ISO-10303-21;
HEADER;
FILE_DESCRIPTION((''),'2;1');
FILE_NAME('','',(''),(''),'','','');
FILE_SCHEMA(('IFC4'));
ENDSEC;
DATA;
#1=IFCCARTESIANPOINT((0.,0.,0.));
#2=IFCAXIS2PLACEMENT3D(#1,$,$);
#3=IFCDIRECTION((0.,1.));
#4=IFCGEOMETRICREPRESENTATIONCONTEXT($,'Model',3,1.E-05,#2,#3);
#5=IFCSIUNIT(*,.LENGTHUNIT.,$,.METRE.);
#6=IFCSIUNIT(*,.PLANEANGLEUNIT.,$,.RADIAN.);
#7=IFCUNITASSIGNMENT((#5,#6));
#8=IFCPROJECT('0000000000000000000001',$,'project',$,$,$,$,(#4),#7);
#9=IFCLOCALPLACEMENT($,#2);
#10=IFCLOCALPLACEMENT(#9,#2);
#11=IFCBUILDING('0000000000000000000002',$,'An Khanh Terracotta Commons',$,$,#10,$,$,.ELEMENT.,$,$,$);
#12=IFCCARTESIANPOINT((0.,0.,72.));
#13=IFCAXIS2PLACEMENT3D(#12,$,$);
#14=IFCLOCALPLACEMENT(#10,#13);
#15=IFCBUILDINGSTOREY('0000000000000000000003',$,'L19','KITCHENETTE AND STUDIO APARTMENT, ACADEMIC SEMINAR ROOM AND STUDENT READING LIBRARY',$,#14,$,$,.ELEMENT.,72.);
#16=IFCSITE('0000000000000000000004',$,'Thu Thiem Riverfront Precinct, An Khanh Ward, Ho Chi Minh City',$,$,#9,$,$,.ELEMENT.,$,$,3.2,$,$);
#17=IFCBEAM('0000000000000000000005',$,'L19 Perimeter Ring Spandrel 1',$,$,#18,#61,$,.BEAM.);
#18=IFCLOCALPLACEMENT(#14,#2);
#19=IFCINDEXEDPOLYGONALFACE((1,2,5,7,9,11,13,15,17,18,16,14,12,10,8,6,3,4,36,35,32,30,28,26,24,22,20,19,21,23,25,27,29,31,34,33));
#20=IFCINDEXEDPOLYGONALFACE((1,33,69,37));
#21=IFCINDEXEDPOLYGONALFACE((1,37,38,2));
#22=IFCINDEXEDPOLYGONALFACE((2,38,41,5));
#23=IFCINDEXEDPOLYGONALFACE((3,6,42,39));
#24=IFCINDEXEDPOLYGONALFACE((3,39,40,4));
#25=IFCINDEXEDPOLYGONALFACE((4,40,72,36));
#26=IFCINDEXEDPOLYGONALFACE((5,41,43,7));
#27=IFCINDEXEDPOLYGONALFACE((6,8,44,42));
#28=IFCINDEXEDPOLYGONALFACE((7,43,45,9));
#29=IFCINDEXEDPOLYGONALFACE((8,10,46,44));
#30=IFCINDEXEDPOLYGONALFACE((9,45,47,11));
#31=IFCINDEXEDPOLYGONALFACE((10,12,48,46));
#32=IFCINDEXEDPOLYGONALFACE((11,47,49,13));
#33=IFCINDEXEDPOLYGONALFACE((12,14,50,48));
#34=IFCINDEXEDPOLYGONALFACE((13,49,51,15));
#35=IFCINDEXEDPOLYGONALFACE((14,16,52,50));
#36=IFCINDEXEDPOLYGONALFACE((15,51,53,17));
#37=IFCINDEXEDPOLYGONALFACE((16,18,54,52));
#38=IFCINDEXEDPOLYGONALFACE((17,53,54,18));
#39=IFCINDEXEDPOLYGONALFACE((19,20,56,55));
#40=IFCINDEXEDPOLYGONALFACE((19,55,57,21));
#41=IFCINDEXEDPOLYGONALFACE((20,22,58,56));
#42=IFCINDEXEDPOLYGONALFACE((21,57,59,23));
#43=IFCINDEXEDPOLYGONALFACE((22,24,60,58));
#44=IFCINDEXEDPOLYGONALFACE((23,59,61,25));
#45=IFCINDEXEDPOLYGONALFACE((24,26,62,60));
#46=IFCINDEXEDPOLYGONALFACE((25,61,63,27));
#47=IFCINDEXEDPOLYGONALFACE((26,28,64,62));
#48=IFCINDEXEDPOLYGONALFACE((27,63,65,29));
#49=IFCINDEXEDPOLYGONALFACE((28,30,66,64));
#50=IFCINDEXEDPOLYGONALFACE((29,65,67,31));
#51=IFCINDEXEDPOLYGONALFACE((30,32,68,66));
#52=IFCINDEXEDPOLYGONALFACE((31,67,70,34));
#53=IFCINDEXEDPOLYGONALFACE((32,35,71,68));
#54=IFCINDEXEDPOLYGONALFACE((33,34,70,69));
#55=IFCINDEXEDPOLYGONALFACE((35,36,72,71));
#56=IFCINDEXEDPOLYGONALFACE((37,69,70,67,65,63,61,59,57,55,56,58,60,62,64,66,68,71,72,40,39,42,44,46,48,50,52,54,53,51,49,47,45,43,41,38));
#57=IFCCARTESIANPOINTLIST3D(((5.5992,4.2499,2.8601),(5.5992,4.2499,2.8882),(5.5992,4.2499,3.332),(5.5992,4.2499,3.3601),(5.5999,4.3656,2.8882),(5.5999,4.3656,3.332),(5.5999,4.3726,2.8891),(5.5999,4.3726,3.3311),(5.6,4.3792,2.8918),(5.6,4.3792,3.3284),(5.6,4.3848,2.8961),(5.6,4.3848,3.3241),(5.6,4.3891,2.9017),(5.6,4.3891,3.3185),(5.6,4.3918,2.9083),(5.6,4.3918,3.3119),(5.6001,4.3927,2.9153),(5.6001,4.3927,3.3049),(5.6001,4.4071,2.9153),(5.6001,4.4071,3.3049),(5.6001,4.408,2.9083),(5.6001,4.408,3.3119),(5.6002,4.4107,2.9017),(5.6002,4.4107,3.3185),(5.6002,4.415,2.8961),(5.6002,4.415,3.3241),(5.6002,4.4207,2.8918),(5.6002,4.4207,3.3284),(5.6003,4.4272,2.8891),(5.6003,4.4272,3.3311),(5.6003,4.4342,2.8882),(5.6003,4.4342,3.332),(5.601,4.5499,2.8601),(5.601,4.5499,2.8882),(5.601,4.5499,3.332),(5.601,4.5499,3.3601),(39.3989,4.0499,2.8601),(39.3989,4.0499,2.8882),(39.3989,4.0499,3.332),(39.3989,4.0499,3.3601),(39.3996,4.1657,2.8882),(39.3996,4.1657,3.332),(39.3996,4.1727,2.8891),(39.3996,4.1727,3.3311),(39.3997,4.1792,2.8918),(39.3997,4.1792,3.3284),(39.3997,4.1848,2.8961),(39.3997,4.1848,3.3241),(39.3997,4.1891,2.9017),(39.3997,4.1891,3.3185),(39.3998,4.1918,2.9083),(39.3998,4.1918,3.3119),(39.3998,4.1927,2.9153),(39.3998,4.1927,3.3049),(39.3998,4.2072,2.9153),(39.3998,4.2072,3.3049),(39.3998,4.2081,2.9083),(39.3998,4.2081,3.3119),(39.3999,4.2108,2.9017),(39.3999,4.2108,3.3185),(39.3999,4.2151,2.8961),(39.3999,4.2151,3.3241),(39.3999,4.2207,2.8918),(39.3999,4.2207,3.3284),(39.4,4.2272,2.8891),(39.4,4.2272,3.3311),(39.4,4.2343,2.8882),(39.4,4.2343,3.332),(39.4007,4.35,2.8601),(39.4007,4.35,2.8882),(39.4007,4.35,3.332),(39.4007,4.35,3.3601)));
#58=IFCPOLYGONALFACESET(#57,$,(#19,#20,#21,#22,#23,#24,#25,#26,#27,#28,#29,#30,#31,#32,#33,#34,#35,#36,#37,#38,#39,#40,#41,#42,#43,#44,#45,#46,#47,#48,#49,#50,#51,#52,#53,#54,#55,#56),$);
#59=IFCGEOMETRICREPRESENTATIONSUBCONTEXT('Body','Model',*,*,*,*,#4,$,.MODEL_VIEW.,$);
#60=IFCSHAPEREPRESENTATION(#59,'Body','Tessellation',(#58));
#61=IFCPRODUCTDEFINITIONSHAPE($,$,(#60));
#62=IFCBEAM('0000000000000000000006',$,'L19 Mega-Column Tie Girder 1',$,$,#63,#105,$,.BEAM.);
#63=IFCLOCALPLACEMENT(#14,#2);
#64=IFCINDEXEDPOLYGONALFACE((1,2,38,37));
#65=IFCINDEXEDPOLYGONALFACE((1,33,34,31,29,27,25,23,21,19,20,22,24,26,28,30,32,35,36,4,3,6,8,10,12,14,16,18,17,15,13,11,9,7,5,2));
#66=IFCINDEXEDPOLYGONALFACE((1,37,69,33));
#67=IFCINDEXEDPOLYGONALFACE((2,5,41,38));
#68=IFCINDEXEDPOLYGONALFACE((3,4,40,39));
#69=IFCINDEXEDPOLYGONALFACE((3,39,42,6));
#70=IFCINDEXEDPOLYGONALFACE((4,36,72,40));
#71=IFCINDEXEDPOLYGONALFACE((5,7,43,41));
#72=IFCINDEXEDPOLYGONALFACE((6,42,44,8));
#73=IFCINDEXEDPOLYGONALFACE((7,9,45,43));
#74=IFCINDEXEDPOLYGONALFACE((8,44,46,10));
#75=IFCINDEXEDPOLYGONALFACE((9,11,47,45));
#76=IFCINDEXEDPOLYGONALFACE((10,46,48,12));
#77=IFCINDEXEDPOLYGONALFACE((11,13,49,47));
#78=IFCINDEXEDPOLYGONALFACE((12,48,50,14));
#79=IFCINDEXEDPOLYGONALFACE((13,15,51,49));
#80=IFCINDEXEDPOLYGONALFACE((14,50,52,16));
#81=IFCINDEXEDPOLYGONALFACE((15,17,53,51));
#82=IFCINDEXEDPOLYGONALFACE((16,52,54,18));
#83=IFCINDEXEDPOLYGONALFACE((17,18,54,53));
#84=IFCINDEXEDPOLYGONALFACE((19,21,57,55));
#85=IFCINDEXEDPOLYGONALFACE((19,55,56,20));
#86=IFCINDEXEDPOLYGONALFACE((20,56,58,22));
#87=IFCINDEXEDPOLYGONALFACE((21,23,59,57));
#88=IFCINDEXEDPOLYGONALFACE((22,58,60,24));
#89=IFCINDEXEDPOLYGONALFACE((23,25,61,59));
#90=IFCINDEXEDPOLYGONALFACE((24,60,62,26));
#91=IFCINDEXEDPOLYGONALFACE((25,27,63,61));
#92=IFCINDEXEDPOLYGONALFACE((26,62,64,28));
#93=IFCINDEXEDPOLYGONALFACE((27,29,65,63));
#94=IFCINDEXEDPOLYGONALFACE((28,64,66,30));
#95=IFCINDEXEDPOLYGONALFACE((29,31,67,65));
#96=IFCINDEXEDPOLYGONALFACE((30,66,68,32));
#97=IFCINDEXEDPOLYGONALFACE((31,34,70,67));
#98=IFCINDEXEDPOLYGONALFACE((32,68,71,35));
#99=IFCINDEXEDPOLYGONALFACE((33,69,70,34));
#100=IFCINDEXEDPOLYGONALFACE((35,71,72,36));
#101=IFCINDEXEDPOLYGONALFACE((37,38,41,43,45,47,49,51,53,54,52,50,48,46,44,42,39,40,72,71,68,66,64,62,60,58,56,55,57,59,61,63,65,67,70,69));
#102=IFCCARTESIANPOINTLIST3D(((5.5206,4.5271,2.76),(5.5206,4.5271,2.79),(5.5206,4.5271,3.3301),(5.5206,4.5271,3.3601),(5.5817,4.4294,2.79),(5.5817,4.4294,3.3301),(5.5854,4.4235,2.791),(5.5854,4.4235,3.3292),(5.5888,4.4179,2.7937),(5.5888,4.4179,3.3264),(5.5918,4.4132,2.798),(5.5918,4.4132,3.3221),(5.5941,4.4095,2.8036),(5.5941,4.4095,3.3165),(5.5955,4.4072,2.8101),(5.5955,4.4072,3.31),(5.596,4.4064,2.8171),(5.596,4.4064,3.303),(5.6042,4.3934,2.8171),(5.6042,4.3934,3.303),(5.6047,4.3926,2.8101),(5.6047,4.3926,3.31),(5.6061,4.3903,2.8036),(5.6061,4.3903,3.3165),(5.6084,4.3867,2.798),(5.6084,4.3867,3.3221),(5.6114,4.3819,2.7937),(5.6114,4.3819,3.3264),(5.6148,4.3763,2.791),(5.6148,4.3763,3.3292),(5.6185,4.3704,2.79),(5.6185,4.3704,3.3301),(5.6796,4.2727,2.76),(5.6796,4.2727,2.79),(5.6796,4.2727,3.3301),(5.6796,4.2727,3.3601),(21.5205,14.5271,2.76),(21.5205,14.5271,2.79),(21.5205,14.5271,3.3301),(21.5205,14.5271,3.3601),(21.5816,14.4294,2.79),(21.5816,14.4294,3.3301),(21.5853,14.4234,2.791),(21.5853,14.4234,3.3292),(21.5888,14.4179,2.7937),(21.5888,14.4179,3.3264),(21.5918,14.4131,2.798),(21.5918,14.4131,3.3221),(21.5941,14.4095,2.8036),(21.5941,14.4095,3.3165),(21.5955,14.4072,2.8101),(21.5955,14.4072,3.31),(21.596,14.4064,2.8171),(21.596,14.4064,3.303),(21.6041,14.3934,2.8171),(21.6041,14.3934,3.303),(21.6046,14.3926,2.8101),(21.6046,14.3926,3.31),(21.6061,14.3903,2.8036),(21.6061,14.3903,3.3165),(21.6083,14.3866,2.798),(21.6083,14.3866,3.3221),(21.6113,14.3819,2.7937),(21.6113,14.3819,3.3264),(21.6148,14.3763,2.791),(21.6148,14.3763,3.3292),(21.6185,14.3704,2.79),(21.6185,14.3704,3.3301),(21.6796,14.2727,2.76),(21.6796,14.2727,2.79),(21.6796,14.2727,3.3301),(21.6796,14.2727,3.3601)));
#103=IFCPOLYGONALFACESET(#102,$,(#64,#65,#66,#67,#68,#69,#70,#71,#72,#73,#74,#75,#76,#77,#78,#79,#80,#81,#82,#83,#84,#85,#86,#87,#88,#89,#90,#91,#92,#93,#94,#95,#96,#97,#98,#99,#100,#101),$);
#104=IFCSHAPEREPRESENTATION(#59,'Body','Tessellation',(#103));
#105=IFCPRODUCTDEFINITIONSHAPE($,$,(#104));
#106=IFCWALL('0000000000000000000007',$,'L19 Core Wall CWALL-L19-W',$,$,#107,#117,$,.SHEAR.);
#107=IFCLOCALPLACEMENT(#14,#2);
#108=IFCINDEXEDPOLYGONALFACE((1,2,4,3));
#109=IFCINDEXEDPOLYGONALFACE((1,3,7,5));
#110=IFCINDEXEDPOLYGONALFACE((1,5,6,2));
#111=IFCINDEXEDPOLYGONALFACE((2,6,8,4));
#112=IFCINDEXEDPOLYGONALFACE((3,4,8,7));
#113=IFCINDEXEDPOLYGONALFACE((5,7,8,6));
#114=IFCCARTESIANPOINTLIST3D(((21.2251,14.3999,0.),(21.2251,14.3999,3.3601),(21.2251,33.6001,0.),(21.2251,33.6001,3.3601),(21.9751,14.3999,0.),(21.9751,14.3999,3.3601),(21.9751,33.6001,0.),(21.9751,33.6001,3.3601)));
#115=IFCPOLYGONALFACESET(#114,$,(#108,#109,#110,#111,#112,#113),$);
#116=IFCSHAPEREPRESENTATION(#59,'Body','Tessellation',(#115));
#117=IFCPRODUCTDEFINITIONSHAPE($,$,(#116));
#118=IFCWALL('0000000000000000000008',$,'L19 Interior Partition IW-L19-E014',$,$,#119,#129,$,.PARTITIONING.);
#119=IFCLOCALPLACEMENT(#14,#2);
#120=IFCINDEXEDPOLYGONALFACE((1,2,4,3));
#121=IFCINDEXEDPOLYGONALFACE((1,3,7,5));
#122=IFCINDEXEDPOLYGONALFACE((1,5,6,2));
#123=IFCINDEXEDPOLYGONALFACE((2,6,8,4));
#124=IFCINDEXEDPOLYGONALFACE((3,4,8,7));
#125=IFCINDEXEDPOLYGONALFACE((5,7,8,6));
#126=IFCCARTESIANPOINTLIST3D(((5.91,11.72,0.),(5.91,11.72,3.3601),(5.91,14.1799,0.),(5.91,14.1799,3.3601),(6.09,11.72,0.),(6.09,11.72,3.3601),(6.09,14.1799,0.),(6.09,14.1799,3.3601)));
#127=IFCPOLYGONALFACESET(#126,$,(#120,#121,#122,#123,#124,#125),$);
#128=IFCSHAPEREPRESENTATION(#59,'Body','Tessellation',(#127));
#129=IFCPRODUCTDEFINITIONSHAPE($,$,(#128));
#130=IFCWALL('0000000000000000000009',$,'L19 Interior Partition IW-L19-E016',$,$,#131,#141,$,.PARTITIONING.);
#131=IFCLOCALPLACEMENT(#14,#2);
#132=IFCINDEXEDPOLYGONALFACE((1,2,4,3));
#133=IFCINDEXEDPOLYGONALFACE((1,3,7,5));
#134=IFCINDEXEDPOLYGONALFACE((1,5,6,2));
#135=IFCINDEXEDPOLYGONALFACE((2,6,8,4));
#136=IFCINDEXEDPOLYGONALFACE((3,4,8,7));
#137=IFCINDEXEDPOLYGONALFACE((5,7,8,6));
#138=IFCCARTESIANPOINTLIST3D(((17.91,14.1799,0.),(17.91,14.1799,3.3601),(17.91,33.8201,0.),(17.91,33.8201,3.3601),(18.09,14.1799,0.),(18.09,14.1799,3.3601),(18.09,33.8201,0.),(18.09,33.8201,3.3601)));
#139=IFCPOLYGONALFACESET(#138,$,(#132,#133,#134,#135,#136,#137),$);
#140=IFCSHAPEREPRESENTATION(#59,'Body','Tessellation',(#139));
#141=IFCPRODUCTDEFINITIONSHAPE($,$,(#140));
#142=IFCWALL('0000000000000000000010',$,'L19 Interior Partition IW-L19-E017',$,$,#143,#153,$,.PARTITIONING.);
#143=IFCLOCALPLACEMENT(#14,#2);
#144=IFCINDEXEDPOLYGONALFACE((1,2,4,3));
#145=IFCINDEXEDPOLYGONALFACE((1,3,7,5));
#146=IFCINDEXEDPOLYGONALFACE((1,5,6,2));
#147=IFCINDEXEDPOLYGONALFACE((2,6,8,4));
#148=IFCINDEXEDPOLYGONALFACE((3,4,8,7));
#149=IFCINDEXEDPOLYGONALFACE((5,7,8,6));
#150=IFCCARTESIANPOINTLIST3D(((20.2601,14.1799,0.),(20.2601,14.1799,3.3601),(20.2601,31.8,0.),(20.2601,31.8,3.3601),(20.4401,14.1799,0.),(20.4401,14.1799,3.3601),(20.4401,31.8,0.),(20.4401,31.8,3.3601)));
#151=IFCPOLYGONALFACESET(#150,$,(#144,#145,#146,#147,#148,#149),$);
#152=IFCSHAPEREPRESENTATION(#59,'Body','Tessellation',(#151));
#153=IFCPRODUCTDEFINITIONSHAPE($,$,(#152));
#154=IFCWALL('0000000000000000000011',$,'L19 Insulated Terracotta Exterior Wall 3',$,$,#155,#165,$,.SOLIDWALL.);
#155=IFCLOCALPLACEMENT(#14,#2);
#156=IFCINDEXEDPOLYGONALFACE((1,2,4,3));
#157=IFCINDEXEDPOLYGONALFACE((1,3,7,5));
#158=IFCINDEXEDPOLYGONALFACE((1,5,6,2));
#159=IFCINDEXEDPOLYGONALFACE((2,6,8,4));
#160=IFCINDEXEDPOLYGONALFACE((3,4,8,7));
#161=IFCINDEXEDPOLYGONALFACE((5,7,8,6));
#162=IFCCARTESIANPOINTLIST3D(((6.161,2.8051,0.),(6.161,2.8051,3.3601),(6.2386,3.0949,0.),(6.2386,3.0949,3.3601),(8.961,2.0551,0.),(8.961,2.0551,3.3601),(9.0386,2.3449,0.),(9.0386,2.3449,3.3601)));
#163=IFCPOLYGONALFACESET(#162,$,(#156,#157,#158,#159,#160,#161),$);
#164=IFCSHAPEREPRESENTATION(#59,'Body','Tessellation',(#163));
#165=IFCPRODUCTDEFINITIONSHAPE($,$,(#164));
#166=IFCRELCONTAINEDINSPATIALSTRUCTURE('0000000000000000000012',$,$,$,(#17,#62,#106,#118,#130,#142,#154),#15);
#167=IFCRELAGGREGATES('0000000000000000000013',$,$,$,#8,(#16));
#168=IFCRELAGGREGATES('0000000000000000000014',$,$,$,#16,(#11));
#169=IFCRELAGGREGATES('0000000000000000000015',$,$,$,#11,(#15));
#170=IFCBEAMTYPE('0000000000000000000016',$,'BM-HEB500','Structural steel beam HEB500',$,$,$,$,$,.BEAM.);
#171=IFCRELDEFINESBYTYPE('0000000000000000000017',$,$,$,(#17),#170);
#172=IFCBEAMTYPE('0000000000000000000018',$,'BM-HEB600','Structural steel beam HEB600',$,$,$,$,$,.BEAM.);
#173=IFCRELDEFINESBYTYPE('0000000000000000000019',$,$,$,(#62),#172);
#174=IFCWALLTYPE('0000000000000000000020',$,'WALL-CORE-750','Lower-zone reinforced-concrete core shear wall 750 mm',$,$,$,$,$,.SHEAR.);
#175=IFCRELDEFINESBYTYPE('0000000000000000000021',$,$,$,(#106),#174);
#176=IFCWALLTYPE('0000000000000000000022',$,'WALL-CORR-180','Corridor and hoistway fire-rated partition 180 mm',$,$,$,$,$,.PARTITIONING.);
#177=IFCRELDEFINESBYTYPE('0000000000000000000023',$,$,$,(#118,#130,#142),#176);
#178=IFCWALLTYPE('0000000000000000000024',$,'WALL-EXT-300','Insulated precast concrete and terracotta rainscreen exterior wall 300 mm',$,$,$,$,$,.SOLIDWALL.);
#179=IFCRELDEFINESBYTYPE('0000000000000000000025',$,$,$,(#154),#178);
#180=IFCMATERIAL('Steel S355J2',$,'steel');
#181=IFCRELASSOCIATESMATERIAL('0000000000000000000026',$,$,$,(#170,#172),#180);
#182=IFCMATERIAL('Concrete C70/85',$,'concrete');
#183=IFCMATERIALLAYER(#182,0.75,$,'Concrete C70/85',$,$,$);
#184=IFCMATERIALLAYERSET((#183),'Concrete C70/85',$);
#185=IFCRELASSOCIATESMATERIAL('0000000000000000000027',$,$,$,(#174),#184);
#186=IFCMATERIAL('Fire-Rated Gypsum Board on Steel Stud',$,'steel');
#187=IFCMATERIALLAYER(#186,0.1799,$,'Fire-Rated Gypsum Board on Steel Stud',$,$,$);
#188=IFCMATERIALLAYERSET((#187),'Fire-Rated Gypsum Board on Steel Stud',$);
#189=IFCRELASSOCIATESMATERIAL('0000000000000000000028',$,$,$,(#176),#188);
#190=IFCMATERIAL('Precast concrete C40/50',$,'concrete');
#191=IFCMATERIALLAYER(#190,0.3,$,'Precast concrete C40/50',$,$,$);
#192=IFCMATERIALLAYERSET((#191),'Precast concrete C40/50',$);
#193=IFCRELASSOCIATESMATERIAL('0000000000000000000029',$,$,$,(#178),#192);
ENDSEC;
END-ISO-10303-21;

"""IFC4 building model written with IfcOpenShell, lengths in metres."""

from ifc_helpers import new_model, si_unit, direction, frame, frame_2d, origin, origin_2d, place, context, subcontext, project, spatial, rectangle, i_section, extrude, material, layer, layer_set, material_profile, profile_set, type_object, element, save


model = new_model("IFC4")

# Units and contexts
model_context = context("Model", 3, precision=1e-05, world=origin(), true_north=direction((0.0, 1.0)))
body_context = subcontext(model_context, "Body", "Model", "MODEL_VIEW")
ifc_project = project(units=[si_unit("LENGTHUNIT", "METRE"), si_unit("PLANEANGLEUNIT", "RADIAN")], contexts=[model_context])

# Site, building, storey
site_placement = place(None, origin())
site = spatial("IfcSite", under=ifc_project, at=site_placement, Name="Thu Thiem Riverfront Precinct, An Khanh Ward, Ho Chi Minh City", CompositionType="ELEMENT", RefElevation=3.2)
building_placement = place(site_placement, origin())
building = spatial("IfcBuilding", under=site, at=building_placement, Name="An Khanh Terracotta Commons", CompositionType="ELEMENT")
storey_placement = place(building_placement, frame((0.0, 0.0, 72.0)))
storey = spatial("IfcBuildingStorey", under=building, at=storey_placement, Name="L19", Description="KITCHENETTE AND STUDIO APARTMENT, ACADEMIC SEMINAR ROOM AND STUDENT READING LIBRARY", CompositionType="ELEMENT", Elevation=72.0)

# Shared definitions
ifc_material_1 = material(Name="Concrete C70/85", Category="concrete")

# Beams
ifc_material_2 = material(Name="Steel S355J2", Category="steel")
ifc_material_profile_1 = material_profile(ifc_material_2, i_section(OverallWidth=0.3, OverallDepth=0.5, WebThickness=0.0144, FlangeThickness=0.0281, FilletRadius=0.0271, at=origin_2d()), Name="HEB500")
ifc_profile_set_1 = profile_set([ifc_material_profile_1], Name="Steel S355J2")
beam_type_1 = type_object("IfcBeamType", Name="BM-HEB500", Description="Structural steel beam HEB500", PredefinedType="BEAM", material=ifc_profile_set_1)
beam_1_placement = place(storey_placement, frame((5.6001, 4.3999, 3.1101), z_axis=(0.999983, -0.005916, 0.0), x_axis=(0.005916, 0.999983, 0.0)))
element("IfcBeam", 1, at=beam_1_placement, inside=storey, type_object=beam_type_1, Name="L19 Perimeter Ring Spandrel 1", PredefinedType="BEAM", context=body_context, shape_type="SweptSolid", body=[
    extrude(i_section(OverallWidth=0.3, OverallDepth=0.5, WebThickness=0.0144, FlangeThickness=0.0281, FilletRadius=0.0271, at=origin_2d()), origin(), (0.0, 0.0, 1.0), 33.8003),
])
ifc_material_profile_2 = material_profile(ifc_material_2, i_section(OverallWidth=0.3, OverallDepth=0.6001, WebThickness=0.0154, FlangeThickness=0.03, FilletRadius=0.0271, at=origin_2d()), Name="HEB600")
ifc_profile_set_2 = profile_set([ifc_material_profile_2], Name="Steel S355J2")
beam_type_2 = type_object("IfcBeamType", Name="BM-HEB600", Description="Structural steel beam HEB600", PredefinedType="BEAM", material=ifc_profile_set_2)
beam_2_placement = place(storey_placement, frame((5.6001, 4.3999, 3.0601), z_axis=(0.847998, 0.529999, 0.0), x_axis=(-0.529999, 0.847998, 0.0)))
element("IfcBeam", 2, at=beam_2_placement, inside=storey, type_object=beam_type_2, Name="L19 Mega-Column Tie Girder 1", PredefinedType="BEAM", context=body_context, shape_type="SweptSolid", body=[
    extrude(i_section(OverallWidth=0.3, OverallDepth=0.6001, WebThickness=0.0154, FlangeThickness=0.03, FilletRadius=0.0271, at=origin_2d()), origin(), (0.0, 0.0, 1.0), 18.8679),
])

# Walls
ifc_layer_1 = layer(ifc_material_1, 0.75, Name="Concrete C70/85")
ifc_layer_set_1 = layer_set([ifc_layer_1], Name="Concrete C70/85")
wall_type_1 = type_object("IfcWallType", Name="WALL-CORE-750", Description="Lower-zone reinforced-concrete core shear wall 750 mm", PredefinedType="SHEAR", material=ifc_layer_set_1)
wall_1_placement = place(storey_placement, frame((21.6001, 14.3999, 0.0), z_axis=(0.0, 0.0, 1.0), x_axis=(0.0, 1.0, 0.0)))
element("IfcWall", 3, at=wall_1_placement, inside=storey, type_object=wall_type_1, Name="L19 Core Wall CWALL-L19-W", PredefinedType="SHEAR", context=body_context, shape_type="SweptSolid", body=[
    extrude(rectangle(XDim=19.2002, YDim=0.75, at=frame_2d((9.6001, 0.0))), origin(), (0.0, 0.0, 1.0), 3.3601),
])
ifc_material_3 = material(Name="Fire-Rated Gypsum Board on Steel Stud", Category="steel")
ifc_layer_2 = layer(ifc_material_3, 0.1799, Name="Fire-Rated Gypsum Board on Steel Stud")
ifc_layer_set_2 = layer_set([ifc_layer_2], Name="Fire-Rated Gypsum Board on Steel Stud")
wall_type_2 = type_object("IfcWallType", Name="WALL-CORR-180", Description="Corridor and hoistway fire-rated partition 180 mm", PredefinedType="PARTITIONING", material=ifc_layer_set_2)
wall_2_placement = place(storey_placement, frame((6.0, 11.72, 0.0), z_axis=(0.0, 0.0, 1.0), x_axis=(0.0, 1.0, 0.0)))
element("IfcWall", 4, at=wall_2_placement, inside=storey, type_object=wall_type_2, Name="L19 Interior Partition IW-L19-E014", PredefinedType="PARTITIONING", context=body_context, shape_type="SweptSolid", body=[
    extrude(rectangle(XDim=2.46, YDim=0.1799, at=frame_2d((1.23, 0.0))), origin(), (0.0, 0.0, 1.0), 3.3601),
])
wall_3_placement = place(storey_placement, frame((18.0, 14.1799, 0.0), z_axis=(0.0, 0.0, 1.0), x_axis=(0.0, 1.0, 0.0)))
element("IfcWall", 5, at=wall_3_placement, inside=storey, type_object=wall_type_2, Name="L19 Interior Partition IW-L19-E016", PredefinedType="PARTITIONING", context=body_context, shape_type="SweptSolid", body=[
    extrude(rectangle(XDim=19.6401, YDim=0.1799, at=frame_2d((9.8201, 0.0))), origin(), (0.0, 0.0, 1.0), 3.3601),
])
wall_4_placement = place(storey_placement, frame((20.3501, 14.1799, 0.0), z_axis=(0.0, 0.0, 1.0), x_axis=(0.0, 1.0, 0.0)))
element("IfcWall", 6, at=wall_4_placement, inside=storey, type_object=wall_type_2, Name="L19 Interior Partition IW-L19-E017", PredefinedType="PARTITIONING", context=body_context, shape_type="SweptSolid", body=[
    extrude(rectangle(XDim=17.6201, YDim=0.1799, at=frame_2d((8.8101, 0.0))), origin(), (0.0, 0.0, 1.0), 3.3601),
])
ifc_material_4 = material(Name="Precast concrete C40/50", Category="concrete")
ifc_layer_3 = layer(ifc_material_4, 0.3, Name="Precast concrete C40/50")
ifc_layer_set_3 = layer_set([ifc_layer_3], Name="Precast concrete C40/50")
wall_type_3 = type_object("IfcWallType", Name="WALL-EXT-300", Description="Insulated precast concrete and terracotta rainscreen exterior wall 300 mm", PredefinedType="SOLIDWALL", material=ifc_layer_set_3)
wall_5_placement = place(storey_placement, frame((6.2, 2.95, 0.0), z_axis=(0.0, 0.0, 1.0), x_axis=(0.965949, -0.258732, 0.0)))
element("IfcWall", 7, at=wall_5_placement, inside=storey, type_object=wall_type_3, Name="L19 Insulated Terracotta Exterior Wall 3", PredefinedType="SOLIDWALL", context=body_context, shape_type="SweptSolid", body=[
    extrude(rectangle(XDim=2.8987, YDim=0.3, at=frame_2d((1.4492, 0.0))), origin(), (0.0, 0.0, 1.0), 3.3601),
])

save(model, "model.ifc")
